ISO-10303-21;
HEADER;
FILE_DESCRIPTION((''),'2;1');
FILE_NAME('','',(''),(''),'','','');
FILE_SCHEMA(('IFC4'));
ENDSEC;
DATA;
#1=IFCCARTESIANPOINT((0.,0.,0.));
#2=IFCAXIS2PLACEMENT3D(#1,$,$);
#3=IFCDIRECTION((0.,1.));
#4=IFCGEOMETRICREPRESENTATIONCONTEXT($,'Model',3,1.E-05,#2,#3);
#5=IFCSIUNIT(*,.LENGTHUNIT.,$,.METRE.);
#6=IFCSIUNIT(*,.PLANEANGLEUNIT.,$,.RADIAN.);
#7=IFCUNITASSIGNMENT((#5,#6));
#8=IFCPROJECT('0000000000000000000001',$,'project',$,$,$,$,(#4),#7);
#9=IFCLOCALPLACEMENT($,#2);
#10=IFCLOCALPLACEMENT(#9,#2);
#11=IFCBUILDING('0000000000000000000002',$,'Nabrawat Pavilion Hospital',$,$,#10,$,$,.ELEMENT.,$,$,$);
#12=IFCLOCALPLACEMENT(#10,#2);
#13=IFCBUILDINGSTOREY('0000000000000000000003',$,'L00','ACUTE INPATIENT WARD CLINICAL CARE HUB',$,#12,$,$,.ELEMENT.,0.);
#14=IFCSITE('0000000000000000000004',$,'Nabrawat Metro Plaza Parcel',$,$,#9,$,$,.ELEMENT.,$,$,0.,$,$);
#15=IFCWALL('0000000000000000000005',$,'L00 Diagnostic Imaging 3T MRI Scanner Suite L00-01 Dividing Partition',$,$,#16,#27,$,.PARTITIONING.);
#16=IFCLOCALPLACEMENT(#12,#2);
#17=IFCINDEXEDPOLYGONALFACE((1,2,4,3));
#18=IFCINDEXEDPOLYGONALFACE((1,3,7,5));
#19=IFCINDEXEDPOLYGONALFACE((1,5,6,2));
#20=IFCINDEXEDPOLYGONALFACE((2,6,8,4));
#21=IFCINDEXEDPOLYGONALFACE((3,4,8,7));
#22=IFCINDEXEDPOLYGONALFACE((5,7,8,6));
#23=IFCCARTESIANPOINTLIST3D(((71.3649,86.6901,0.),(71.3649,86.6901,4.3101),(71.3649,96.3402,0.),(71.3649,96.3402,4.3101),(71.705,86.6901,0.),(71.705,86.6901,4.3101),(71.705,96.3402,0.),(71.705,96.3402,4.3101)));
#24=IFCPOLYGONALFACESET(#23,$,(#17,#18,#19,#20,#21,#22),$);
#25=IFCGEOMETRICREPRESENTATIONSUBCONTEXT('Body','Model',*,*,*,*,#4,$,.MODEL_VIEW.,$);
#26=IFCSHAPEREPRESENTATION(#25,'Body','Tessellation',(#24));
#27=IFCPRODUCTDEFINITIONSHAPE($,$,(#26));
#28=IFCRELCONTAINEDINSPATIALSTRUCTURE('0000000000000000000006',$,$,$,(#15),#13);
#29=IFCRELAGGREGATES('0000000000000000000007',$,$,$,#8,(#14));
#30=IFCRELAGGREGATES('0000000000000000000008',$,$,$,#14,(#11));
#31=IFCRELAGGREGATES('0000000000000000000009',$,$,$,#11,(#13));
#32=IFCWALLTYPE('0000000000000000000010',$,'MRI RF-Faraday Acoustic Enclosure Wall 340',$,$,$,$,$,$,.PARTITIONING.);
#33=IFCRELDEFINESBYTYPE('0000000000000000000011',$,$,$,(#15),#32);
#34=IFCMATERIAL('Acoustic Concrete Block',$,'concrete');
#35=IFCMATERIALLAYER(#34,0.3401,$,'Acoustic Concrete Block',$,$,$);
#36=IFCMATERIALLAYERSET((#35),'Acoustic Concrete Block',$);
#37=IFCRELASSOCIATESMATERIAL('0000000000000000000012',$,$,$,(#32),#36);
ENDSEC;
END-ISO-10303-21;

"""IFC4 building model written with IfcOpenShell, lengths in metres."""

from ifc_helpers import new_model, si_unit, direction, frame, frame_2d, origin, place, context, subcontext, project, spatial, rectangle, extrude, material, layer, layer_set, type_object, element, save


model = new_model("IFC4")

# Units and contexts
model_context = context("Model", 3, precision=1e-05, world=origin(), true_north=direction((0.0, 1.0)))
body_context = subcontext(model_context, "Body", "Model", "MODEL_VIEW")
ifc_project = project(units=[si_unit("LENGTHUNIT", "METRE"), si_unit("PLANEANGLEUNIT", "RADIAN")], contexts=[model_context])

# Site, building, storey
site_placement = place(None, origin())
site = spatial("IfcSite", under=ifc_project, at=site_placement, Name="Nabrawat Metro Plaza Parcel", CompositionType="ELEMENT", RefElevation=0.0)
building_placement = place(site_placement, origin())
building = spatial("IfcBuilding", under=site, at=building_placement, Name="Nabrawat Pavilion Hospital", CompositionType="ELEMENT")
storey_placement = place(building_placement, origin())
storey = spatial("IfcBuildingStorey", under=building, at=storey_placement, Name="L00", Description="ACUTE INPATIENT WARD CLINICAL CARE HUB", CompositionType="ELEMENT", Elevation=0.0)

# Wall
ifc_material_1 = material(Name="Acoustic Concrete Block", Category="concrete")
ifc_layer_1 = layer(ifc_material_1, 0.3401, Name="Acoustic Concrete Block")
ifc_layer_set_1 = layer_set([ifc_layer_1], Name="Acoustic Concrete Block")
wall_type_1 = type_object("IfcWallType", Name="MRI RF-Faraday Acoustic Enclosure Wall 340", PredefinedType="PARTITIONING", material=ifc_layer_set_1)
wall_1_placement = place(storey_placement, frame((71.5349, 86.6899, 0.0), z_axis=(0.0, 0.0, 1.0), x_axis=(0.0, 1.0, 0.0)))
element("IfcWall", 1, at=wall_1_placement, inside=storey, type_object=wall_type_1, Name="L00 Diagnostic Imaging 3T MRI Scanner Suite L00-01 Dividing Partition", PredefinedType="PARTITIONING", context=body_context, shape_type="SweptSolid", body=[
    extrude(rectangle(XDim=9.6501, YDim=0.3401, at=frame_2d((4.8252, 0.0))), origin(), (0.0, 0.0, 1.0), 4.3101),
])

save(model, "model.ifc")
